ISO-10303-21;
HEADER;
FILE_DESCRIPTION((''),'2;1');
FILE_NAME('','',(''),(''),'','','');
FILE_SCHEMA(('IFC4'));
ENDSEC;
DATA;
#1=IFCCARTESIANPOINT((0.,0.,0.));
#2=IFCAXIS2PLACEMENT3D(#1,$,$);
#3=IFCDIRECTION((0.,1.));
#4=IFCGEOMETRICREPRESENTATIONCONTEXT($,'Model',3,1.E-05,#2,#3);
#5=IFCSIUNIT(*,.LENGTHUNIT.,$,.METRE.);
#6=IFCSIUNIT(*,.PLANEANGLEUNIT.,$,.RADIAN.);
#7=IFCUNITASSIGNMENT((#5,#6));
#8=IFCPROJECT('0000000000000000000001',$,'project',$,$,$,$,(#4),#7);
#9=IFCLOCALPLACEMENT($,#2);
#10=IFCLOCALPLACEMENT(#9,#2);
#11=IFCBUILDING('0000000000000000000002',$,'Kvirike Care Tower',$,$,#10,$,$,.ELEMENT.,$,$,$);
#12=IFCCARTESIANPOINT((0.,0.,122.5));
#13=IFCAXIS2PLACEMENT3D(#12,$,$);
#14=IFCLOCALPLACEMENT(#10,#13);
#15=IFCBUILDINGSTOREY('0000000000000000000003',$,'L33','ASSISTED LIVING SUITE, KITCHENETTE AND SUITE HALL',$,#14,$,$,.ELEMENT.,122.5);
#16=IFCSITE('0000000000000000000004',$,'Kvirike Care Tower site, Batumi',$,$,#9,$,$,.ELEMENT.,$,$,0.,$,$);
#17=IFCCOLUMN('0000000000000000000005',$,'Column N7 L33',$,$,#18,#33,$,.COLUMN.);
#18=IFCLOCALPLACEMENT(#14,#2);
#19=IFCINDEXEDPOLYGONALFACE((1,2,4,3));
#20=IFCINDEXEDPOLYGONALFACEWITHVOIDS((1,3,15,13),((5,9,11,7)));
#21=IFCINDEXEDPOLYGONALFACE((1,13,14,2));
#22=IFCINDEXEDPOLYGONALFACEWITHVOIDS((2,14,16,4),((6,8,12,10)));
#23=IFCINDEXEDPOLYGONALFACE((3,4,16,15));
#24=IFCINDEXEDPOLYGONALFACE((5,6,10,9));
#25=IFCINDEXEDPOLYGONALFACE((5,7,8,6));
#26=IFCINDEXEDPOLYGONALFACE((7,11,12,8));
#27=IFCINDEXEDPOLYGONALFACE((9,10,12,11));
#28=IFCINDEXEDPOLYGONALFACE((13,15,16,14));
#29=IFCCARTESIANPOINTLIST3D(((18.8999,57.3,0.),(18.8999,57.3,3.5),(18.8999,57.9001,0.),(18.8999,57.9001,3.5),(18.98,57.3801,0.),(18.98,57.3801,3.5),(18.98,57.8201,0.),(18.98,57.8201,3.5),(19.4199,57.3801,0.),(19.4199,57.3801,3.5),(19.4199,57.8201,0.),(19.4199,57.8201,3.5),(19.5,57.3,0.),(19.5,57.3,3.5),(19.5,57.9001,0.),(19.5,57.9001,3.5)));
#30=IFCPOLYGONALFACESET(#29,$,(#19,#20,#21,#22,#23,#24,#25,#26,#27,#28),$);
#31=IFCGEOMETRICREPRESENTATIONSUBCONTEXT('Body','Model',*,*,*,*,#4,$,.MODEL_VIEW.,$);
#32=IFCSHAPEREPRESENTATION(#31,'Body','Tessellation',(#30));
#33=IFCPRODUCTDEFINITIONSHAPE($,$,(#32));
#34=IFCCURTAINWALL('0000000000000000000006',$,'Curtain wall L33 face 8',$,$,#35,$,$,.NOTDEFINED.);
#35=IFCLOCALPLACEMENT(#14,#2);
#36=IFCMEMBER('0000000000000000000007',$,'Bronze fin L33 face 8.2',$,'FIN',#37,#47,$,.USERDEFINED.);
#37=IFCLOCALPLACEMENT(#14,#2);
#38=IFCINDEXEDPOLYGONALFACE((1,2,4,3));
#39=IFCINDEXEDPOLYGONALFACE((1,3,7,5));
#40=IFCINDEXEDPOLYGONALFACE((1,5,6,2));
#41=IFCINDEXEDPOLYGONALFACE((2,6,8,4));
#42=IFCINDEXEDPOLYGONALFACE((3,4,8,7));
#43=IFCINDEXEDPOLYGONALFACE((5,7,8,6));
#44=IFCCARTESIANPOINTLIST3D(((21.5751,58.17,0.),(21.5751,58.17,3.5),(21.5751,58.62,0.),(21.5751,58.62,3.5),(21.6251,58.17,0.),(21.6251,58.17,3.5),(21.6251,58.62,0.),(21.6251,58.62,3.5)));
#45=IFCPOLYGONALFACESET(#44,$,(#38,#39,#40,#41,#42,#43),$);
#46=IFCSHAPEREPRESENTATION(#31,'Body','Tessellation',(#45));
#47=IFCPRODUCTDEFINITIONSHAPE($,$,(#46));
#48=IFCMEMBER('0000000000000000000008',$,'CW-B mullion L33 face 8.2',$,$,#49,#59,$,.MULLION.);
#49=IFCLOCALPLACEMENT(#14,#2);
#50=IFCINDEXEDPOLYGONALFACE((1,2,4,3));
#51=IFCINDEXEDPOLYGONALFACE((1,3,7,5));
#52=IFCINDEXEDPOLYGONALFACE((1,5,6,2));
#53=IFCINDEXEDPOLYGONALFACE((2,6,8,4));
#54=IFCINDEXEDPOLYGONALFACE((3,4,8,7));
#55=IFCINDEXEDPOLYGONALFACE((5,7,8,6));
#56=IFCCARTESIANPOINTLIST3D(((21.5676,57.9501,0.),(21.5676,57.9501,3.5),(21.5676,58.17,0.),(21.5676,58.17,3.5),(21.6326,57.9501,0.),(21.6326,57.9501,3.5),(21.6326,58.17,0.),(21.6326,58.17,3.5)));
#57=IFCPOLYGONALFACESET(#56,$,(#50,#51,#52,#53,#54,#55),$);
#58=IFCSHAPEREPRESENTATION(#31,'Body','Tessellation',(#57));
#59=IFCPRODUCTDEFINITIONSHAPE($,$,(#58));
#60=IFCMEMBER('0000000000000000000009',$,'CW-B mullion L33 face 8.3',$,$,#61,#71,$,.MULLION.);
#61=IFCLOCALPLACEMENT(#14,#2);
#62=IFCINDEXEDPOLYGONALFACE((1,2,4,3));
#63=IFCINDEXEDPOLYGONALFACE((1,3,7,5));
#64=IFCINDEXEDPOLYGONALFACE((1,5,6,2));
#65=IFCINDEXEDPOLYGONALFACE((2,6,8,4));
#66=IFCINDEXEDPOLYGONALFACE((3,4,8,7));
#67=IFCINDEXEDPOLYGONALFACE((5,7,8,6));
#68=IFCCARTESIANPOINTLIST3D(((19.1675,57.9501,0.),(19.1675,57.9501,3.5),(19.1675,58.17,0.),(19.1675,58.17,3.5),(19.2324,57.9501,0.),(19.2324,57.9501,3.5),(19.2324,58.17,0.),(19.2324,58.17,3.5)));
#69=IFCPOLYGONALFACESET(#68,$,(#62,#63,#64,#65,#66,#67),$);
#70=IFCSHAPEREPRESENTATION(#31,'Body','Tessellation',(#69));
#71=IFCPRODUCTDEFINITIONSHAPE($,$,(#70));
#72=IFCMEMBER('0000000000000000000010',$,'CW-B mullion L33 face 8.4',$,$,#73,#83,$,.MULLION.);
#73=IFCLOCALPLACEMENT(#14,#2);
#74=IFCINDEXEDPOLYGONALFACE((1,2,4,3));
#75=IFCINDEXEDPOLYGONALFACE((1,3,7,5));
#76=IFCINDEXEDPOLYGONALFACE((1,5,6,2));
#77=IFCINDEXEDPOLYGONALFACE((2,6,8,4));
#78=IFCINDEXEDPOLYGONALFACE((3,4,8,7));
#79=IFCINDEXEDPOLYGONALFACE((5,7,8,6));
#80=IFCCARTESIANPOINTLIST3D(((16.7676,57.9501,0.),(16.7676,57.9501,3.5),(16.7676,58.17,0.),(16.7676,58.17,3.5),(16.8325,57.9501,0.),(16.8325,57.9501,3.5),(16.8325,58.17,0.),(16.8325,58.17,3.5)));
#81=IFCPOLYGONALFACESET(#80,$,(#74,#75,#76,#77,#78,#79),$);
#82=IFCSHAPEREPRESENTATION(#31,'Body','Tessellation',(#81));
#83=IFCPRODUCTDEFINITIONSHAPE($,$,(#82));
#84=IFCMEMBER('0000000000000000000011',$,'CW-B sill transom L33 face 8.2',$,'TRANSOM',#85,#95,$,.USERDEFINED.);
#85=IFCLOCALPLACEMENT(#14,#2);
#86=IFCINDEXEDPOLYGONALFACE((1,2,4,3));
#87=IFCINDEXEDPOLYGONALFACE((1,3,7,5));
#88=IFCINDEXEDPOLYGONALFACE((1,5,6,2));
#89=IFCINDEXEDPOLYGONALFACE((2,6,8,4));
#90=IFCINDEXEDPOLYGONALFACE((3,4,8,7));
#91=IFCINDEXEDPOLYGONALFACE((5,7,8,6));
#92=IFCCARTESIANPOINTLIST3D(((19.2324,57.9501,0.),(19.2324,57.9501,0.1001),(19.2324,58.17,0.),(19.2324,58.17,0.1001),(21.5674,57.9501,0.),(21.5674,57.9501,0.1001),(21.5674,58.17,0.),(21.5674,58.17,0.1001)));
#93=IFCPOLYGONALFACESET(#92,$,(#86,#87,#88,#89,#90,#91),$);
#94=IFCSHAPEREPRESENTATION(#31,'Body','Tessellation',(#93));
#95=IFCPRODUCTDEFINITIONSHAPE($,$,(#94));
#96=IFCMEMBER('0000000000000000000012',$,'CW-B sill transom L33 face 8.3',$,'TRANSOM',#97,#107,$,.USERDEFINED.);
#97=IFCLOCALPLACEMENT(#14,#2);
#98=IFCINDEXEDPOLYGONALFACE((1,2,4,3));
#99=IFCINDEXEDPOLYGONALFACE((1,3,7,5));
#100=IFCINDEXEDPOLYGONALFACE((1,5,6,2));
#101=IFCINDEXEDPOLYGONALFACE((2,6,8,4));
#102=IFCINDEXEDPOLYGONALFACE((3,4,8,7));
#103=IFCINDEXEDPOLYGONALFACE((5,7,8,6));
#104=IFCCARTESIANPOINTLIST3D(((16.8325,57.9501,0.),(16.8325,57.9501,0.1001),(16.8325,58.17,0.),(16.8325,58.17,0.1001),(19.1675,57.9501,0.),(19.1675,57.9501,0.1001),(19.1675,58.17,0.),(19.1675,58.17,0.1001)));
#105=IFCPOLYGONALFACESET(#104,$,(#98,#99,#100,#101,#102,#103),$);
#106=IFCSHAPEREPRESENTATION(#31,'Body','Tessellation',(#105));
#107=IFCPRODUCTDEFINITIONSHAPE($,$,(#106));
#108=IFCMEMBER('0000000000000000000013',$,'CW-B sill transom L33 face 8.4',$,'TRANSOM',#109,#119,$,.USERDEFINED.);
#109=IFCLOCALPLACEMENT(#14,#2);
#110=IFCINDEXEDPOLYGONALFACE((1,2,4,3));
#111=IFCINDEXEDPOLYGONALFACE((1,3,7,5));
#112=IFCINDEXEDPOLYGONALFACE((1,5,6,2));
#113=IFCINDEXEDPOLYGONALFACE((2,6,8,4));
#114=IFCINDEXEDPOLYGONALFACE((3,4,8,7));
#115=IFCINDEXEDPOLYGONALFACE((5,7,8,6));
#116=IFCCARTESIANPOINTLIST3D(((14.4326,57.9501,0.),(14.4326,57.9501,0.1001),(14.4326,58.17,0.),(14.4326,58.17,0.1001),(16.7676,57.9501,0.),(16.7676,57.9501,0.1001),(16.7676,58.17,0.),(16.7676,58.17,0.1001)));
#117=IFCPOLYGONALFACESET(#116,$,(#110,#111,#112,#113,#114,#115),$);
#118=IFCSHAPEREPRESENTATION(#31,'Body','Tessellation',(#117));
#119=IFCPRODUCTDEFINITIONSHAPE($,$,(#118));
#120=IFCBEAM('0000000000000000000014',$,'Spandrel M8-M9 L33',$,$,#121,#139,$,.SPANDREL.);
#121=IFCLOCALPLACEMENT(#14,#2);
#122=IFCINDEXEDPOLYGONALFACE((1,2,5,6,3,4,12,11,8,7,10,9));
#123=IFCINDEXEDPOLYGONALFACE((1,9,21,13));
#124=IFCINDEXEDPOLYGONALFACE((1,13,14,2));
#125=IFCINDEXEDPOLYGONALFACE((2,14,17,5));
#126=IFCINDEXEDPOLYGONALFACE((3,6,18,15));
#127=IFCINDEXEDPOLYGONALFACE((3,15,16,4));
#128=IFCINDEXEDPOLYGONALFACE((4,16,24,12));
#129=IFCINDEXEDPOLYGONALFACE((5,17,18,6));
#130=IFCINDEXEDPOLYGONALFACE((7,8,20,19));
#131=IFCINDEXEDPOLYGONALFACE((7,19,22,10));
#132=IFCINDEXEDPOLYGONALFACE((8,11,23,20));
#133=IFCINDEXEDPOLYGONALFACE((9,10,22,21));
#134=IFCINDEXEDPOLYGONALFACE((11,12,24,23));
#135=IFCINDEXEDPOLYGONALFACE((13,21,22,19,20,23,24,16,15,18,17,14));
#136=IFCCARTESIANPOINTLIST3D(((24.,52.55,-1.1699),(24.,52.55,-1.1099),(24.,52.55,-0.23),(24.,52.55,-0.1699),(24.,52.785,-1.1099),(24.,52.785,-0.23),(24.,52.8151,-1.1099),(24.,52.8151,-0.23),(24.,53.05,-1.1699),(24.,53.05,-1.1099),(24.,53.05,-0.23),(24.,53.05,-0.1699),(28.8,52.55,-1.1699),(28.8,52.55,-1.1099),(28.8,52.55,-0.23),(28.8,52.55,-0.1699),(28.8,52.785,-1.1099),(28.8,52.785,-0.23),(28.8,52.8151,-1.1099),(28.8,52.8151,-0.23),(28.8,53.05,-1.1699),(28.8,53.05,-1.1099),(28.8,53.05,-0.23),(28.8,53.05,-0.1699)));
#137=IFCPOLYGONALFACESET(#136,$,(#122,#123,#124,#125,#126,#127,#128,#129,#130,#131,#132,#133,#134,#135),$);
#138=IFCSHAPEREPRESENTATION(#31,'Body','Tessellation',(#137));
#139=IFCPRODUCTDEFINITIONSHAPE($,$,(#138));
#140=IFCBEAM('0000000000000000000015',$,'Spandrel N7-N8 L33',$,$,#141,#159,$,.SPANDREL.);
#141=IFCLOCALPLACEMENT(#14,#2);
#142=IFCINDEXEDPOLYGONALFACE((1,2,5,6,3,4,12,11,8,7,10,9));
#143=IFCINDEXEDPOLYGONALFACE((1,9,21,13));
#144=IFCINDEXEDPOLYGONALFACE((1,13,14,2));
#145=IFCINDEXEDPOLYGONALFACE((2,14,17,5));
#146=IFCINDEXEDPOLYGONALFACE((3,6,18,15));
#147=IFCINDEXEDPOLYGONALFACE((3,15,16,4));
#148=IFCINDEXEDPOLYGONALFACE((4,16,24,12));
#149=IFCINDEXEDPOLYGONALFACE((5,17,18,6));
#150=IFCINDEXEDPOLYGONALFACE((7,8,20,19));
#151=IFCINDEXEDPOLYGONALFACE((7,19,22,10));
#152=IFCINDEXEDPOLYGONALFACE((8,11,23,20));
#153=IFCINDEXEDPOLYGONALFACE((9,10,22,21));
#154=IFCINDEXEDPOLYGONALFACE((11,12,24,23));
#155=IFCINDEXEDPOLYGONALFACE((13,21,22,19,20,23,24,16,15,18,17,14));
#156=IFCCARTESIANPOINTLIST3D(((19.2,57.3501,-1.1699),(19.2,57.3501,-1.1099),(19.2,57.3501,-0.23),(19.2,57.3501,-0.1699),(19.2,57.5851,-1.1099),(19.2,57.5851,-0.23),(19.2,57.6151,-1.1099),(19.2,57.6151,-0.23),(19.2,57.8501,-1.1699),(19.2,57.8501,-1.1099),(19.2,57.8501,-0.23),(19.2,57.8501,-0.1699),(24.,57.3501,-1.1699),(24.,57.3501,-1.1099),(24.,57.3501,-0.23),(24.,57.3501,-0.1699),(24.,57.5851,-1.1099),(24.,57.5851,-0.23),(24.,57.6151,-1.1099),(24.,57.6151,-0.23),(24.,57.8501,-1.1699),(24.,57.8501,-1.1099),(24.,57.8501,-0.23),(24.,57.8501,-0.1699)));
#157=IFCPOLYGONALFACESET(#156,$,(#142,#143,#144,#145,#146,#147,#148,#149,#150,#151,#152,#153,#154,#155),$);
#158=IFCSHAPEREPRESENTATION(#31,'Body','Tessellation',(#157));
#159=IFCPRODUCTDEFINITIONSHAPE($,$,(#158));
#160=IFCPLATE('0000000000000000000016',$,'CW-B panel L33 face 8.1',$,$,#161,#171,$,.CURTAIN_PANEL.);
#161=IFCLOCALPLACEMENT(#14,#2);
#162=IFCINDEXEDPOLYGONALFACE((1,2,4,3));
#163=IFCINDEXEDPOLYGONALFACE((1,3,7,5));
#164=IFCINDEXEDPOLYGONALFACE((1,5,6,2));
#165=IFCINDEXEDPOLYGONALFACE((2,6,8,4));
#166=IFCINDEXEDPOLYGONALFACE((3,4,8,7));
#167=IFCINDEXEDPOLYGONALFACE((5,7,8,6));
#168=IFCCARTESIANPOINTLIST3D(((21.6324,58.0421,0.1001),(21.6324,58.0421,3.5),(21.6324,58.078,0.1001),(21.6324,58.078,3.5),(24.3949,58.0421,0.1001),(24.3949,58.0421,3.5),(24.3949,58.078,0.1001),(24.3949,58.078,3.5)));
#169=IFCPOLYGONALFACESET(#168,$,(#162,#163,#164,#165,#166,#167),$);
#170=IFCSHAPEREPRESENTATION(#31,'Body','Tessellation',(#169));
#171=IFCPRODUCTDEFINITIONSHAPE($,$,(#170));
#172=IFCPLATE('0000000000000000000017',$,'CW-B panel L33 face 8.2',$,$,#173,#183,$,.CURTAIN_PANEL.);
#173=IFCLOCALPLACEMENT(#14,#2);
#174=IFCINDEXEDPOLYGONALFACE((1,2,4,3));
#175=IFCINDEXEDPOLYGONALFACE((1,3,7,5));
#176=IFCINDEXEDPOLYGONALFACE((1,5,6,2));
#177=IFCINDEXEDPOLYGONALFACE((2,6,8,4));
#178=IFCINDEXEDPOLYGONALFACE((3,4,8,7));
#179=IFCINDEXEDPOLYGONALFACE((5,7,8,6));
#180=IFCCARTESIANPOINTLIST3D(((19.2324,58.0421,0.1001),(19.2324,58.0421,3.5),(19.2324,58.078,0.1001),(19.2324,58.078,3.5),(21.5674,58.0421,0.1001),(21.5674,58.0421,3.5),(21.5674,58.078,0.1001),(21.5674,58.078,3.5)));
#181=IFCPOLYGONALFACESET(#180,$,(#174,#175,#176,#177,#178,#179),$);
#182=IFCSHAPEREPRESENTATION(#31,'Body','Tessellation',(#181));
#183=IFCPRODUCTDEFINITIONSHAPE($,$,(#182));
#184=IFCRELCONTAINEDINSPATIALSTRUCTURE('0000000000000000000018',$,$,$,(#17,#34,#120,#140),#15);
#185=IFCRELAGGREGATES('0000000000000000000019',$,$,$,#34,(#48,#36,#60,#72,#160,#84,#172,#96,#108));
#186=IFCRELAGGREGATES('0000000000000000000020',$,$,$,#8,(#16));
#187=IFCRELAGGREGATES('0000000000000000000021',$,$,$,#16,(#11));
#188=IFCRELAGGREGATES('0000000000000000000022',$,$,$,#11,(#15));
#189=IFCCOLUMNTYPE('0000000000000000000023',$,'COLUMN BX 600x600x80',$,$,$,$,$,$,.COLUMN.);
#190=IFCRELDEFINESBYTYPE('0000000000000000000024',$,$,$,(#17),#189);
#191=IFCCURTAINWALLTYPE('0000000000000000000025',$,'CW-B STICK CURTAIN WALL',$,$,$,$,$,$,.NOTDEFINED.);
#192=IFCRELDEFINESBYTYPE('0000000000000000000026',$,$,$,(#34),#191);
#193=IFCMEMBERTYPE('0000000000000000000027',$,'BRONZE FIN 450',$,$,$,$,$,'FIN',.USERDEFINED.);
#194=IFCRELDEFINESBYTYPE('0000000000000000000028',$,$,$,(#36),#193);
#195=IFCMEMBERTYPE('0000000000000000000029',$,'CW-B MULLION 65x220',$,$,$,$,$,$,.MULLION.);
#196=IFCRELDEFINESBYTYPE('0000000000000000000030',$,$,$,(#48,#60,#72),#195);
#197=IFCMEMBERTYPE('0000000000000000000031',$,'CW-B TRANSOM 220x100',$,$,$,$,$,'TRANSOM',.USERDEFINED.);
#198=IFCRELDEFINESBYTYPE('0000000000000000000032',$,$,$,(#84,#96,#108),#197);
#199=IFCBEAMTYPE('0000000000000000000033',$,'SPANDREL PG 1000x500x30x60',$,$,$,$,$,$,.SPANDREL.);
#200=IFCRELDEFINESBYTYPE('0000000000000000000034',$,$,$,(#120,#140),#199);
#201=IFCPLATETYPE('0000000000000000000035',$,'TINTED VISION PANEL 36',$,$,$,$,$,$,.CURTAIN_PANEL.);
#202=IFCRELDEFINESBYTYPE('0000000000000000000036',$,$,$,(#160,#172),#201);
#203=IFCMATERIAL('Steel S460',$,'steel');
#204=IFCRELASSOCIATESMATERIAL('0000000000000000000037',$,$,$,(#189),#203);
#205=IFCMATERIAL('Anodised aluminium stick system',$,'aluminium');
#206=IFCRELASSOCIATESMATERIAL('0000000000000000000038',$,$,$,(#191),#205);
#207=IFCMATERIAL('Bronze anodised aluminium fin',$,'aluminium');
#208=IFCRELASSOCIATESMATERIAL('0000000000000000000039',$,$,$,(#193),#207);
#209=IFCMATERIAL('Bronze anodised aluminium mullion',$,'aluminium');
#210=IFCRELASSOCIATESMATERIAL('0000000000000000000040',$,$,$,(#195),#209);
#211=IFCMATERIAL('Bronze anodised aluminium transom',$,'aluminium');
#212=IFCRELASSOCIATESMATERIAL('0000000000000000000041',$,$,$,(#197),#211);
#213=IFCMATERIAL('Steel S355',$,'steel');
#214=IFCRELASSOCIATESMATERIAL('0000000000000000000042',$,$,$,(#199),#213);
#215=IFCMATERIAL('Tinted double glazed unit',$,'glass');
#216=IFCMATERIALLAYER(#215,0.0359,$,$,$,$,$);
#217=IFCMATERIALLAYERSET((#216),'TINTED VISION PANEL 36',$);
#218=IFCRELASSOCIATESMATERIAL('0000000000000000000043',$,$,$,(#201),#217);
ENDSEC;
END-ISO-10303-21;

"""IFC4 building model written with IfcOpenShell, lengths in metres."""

from ifc_helpers import new_model, si_unit, direction, frame, origin, origin_2d, place, context, subcontext, project, spatial, rectangle, hollow_rectangle, i_section, extrude, material, layer, layer_set, material_profile, profile_set, type_object, element, aggregate, save


model = new_model("IFC4")

# Units and contexts
model_context = context("Model", 3, precision=1e-05, world=origin(), true_north=direction((0.0, 1.0)))
body_context = subcontext(model_context, "Body", "Model", "MODEL_VIEW")
ifc_project = project(units=[si_unit("LENGTHUNIT", "METRE"), si_unit("PLANEANGLEUNIT", "RADIAN")], contexts=[model_context])

# Site, building, storey
site_placement = place(None, origin())
site = spatial("IfcSite", under=ifc_project, at=site_placement, Name="Kvirike Care Tower site, Batumi", CompositionType="ELEMENT", RefElevation=0.0)
building_placement = place(site_placement, origin())
building = spatial("IfcBuilding", under=site, at=building_placement, Name="Kvirike Care Tower", CompositionType="ELEMENT")
storey_placement = place(building_placement, frame((0.0, 0.0, 122.5)))
storey = spatial("IfcBuildingStorey", under=building, at=storey_placement, Name="L33", Description="ASSISTED LIVING SUITE, KITCHENETTE AND SUITE HALL", CompositionType="ELEMENT", Elevation=122.5)

# Column
ifc_material_1 = material(Name="Steel S460", Category="steel")
ifc_material_profile_1 = material_profile(ifc_material_1, hollow_rectangle(XDim=0.6001, YDim=0.6001, WallThickness=0.0801, at=origin_2d()), Name="BX 600x600x80")
ifc_profile_set_1 = profile_set([ifc_material_profile_1], Name="Steel S460")
column_type = type_object("IfcColumnType", Name="COLUMN BX 600x600x80", PredefinedType="COLUMN", material=ifc_profile_set_1)
column_placement = place(storey_placement, frame((19.2, 57.6001, 0.0), z_axis=(0.0, 0.0, 1.0), x_axis=(0.0, 1.0, 0.0)))
element("IfcColumn", 1, at=column_placement, inside=storey, type_object=column_type, Name="Column N7 L33", PredefinedType="COLUMN", context=body_context, shape_type="SweptSolid", body=[
    extrude(hollow_rectangle(XDim=0.6001, YDim=0.6001, WallThickness=0.0801, at=origin_2d()), origin(), (0.0, 0.0, 1.0), 3.5),
])

# Curtain wall, members
ifc_material_2 = material(Name="Anodised aluminium stick system", Category="aluminium")
curtain_wall_type = type_object("IfcCurtainWallType", Name="CW-B STICK CURTAIN WALL", PredefinedType="NOTDEFINED", material=ifc_material_2)
curtain_wall_placement = place(storey_placement, origin())
curtain_wall = element("IfcCurtainWall", 2, at=curtain_wall_placement, inside=storey, type_object=curtain_wall_type, Name="Curtain wall L33 face 8", PredefinedType="NOTDEFINED")
ifc_material_3 = material(Name="Bronze anodised aluminium fin", Category="aluminium")
ifc_material_profile_2 = material_profile(ifc_material_3, rectangle(XDim=0.05, YDim=0.45, at=origin_2d()), Name="BRONZE FIN 450")
ifc_profile_set_2 = profile_set([ifc_material_profile_2], Name="Bronze anodised aluminium fin")
member_type_1 = type_object("IfcMemberType", Name="BRONZE FIN 450", ElementType="FIN", PredefinedType="USERDEFINED", material=ifc_profile_set_2)
member_1_placement = place(storey_placement, frame((21.6001, 58.395, 0.0), z_axis=(0.0, 0.0, 1.0), x_axis=(-1.0, 0.0, 0.0)))
member_1 = element("IfcMember", 3, at=member_1_placement, type_object=member_type_1, Name="Bronze fin L33 face 8.2", ObjectType="FIN", PredefinedType="USERDEFINED", context=body_context, shape_type="SweptSolid", body=[
    extrude(rectangle(XDim=0.05, YDim=0.45, at=origin_2d()), origin(), (0.0, 0.0, 1.0), 3.5),
])
ifc_material_4 = material(Name="Bronze anodised aluminium mullion", Category="aluminium")
ifc_material_profile_3 = material_profile(ifc_material_4, rectangle(XDim=0.0649, YDim=0.22, at=origin_2d()), Name="CW-B MULLION 65x220")
ifc_profile_set_3 = profile_set([ifc_material_profile_3], Name="Bronze anodised aluminium mullion")
member_type_2 = type_object("IfcMemberType", Name="CW-B MULLION 65x220", PredefinedType="MULLION", material=ifc_profile_set_3)
member_2_placement = place(storey_placement, frame((21.6001, 58.0601, 0.0), z_axis=(0.0, 0.0, 1.0), x_axis=(-1.0, 0.0, 0.0)))
member_2 = element("IfcMember", 4, at=member_2_placement, type_object=member_type_2, Name="CW-B mullion L33 face 8.2", PredefinedType="MULLION", context=body_context, shape_type="SweptSolid", body=[
    extrude(rectangle(XDim=0.0649, YDim=0.22, at=origin_2d()), origin(), (0.0, 0.0, 1.0), 3.5),
])
member_3_placement = place(storey_placement, frame((19.2, 58.0601, 0.0), z_axis=(0.0, 0.0, 1.0), x_axis=(-1.0, 0.0, 0.0)))
member_3 = element("IfcMember", 5, at=member_3_placement, type_object=member_type_2, Name="CW-B mullion L33 face 8.3", PredefinedType="MULLION", context=body_context, shape_type="SweptSolid", body=[
    extrude(rectangle(XDim=0.0649, YDim=0.22, at=origin_2d()), origin(), (0.0, 0.0, 1.0), 3.5),
])
member_4_placement = place(storey_placement, frame((16.8, 58.0601, 0.0), z_axis=(0.0, 0.0, 1.0), x_axis=(-1.0, 0.0, 0.0)))
member_4 = element("IfcMember", 6, at=member_4_placement, type_object=member_type_2, Name="CW-B mullion L33 face 8.4", PredefinedType="MULLION", context=body_context, shape_type="SweptSolid", body=[
    extrude(rectangle(XDim=0.0649, YDim=0.22, at=origin_2d()), origin(), (0.0, 0.0, 1.0), 3.5),
])
ifc_material_5 = material(Name="Bronze anodised aluminium transom", Category="aluminium")
ifc_material_profile_4 = material_profile(ifc_material_5, rectangle(XDim=0.22, YDim=0.1001, at=origin_2d()), Name="CW-B TRANSOM 220x100")
ifc_profile_set_4 = profile_set([ifc_material_profile_4], Name="Bronze anodised aluminium transom")
member_type_3 = type_object("IfcMemberType", Name="CW-B TRANSOM 220x100", ElementType="TRANSOM", PredefinedType="USERDEFINED", material=ifc_profile_set_4)
member_5_placement = place(storey_placement, frame((21.5674, 58.0601, 0.05), z_axis=(-1.0, 0.0, 0.0), x_axis=(0.0, -1.0, 0.0)))
member_5 = element("IfcMember", 7, at=member_5_placement, type_object=member_type_3, Name="CW-B sill transom L33 face 8.2", ObjectType="TRANSOM", PredefinedType="USERDEFINED", context=body_context, shape_type="SweptSolid", body=[
    extrude(rectangle(XDim=0.22, YDim=0.1001, at=origin_2d()), origin(), (0.0, 0.0, 1.0), 2.335),
])
member_6_placement = place(storey_placement, frame((19.1675, 58.0601, 0.05), z_axis=(-1.0, 0.0, 0.0), x_axis=(0.0, -1.0, 0.0)))
member_6 = element("IfcMember", 8, at=member_6_placement, type_object=member_type_3, Name="CW-B sill transom L33 face 8.3", ObjectType="TRANSOM", PredefinedType="USERDEFINED", context=body_context, shape_type="SweptSolid", body=[
    extrude(rectangle(XDim=0.22, YDim=0.1001, at=origin_2d()), origin(), (0.0, 0.0, 1.0), 2.335),
])
member_7_placement = place(storey_placement, frame((16.7676, 58.0601, 0.05), z_axis=(-1.0, 0.0, 0.0), x_axis=(0.0, -1.0, 0.0)))
member_7 = element("IfcMember", 9, at=member_7_placement, type_object=member_type_3, Name="CW-B sill transom L33 face 8.4", ObjectType="TRANSOM", PredefinedType="USERDEFINED", context=body_context, shape_type="SweptSolid", body=[
    extrude(rectangle(XDim=0.22, YDim=0.1001, at=origin_2d()), origin(), (0.0, 0.0, 1.0), 2.335),
])

# Beams
ifc_material_6 = material(Name="Steel S355", Category="steel")
ifc_material_profile_5 = material_profile(ifc_material_6, i_section(OverallWidth=0.5, OverallDepth=1.0, WebThickness=0.03, FlangeThickness=0.0601, at=origin_2d()), Name="PG 1000x500x30x60")
ifc_profile_set_5 = profile_set([ifc_material_profile_5], Name="Steel S355")
beam_type = type_object("IfcBeamType", Name="SPANDREL PG 1000x500x30x60", PredefinedType="SPANDREL", material=ifc_profile_set_5)
for number, where, z_axis, x_axis, name in (
    (10, (24.0, 52.8, -0.6699), (1.0, 0.0, 0.0), (0.0, 1.0, 0.0), "Spandrel M8-M9 L33"),
    (11, (19.2, 57.6001, -0.6699), (1.0, 0.0, 0.0), (0.0, 1.0, 0.0), "Spandrel N7-N8 L33"),
):
    element("IfcBeam", number, at=place(storey_placement, frame(where, z_axis=z_axis, x_axis=x_axis)), inside=storey, type_object=beam_type, Name=name, PredefinedType="SPANDREL", context=body_context, shape_type="SweptSolid", body=[
        extrude(i_section(OverallWidth=0.5, OverallDepth=1.0, WebThickness=0.03, FlangeThickness=0.0601, at=origin_2d()), origin(), (0.0, 0.0, 1.0), 4.8),
    ])

# Plates
ifc_material_7 = material(Name="Tinted double glazed unit", Category="glass")
ifc_layer_1 = layer(ifc_material_7, 0.0359)
ifc_layer_set_1 = layer_set([ifc_layer_1], Name="TINTED VISION PANEL 36")
plate_type = type_object("IfcPlateType", Name="TINTED VISION PANEL 36", PredefinedType="CURTAIN_PANEL", material=ifc_layer_set_1)
plate_1_placement = place(storey_placement, frame((23.0137, 58.0601, 0.1001), z_axis=(0.0, 0.0, 1.0), x_axis=(-1.0, 0.0, 0.0)))
plate_1 = element("IfcPlate", 12, at=plate_1_placement, type_object=plate_type, Name="CW-B panel L33 face 8.1", PredefinedType="CURTAIN_PANEL", context=body_context, shape_type="SweptSolid", body=[
    extrude(rectangle(XDim=2.7625, YDim=0.0359, at=origin_2d()), origin(), (0.0, 0.0, 1.0), 3.3999),
])
plate_2_placement = place(storey_placement, frame((20.3999, 58.0601, 0.1001), z_axis=(0.0, 0.0, 1.0), x_axis=(-1.0, 0.0, 0.0)))
plate_2 = element("IfcPlate", 13, at=plate_2_placement, type_object=plate_type, Name="CW-B panel L33 face 8.2", PredefinedType="CURTAIN_PANEL", context=body_context, shape_type="SweptSolid", body=[
    extrude(rectangle(XDim=2.335, YDim=0.0359, at=origin_2d()), origin(), (0.0, 0.0, 1.0), 3.3999),
])
aggregate(curtain_wall, [member_2, member_1, member_3, member_4, plate_1, member_5, plate_2, member_6, member_7])

save(model, "model.ifc")
